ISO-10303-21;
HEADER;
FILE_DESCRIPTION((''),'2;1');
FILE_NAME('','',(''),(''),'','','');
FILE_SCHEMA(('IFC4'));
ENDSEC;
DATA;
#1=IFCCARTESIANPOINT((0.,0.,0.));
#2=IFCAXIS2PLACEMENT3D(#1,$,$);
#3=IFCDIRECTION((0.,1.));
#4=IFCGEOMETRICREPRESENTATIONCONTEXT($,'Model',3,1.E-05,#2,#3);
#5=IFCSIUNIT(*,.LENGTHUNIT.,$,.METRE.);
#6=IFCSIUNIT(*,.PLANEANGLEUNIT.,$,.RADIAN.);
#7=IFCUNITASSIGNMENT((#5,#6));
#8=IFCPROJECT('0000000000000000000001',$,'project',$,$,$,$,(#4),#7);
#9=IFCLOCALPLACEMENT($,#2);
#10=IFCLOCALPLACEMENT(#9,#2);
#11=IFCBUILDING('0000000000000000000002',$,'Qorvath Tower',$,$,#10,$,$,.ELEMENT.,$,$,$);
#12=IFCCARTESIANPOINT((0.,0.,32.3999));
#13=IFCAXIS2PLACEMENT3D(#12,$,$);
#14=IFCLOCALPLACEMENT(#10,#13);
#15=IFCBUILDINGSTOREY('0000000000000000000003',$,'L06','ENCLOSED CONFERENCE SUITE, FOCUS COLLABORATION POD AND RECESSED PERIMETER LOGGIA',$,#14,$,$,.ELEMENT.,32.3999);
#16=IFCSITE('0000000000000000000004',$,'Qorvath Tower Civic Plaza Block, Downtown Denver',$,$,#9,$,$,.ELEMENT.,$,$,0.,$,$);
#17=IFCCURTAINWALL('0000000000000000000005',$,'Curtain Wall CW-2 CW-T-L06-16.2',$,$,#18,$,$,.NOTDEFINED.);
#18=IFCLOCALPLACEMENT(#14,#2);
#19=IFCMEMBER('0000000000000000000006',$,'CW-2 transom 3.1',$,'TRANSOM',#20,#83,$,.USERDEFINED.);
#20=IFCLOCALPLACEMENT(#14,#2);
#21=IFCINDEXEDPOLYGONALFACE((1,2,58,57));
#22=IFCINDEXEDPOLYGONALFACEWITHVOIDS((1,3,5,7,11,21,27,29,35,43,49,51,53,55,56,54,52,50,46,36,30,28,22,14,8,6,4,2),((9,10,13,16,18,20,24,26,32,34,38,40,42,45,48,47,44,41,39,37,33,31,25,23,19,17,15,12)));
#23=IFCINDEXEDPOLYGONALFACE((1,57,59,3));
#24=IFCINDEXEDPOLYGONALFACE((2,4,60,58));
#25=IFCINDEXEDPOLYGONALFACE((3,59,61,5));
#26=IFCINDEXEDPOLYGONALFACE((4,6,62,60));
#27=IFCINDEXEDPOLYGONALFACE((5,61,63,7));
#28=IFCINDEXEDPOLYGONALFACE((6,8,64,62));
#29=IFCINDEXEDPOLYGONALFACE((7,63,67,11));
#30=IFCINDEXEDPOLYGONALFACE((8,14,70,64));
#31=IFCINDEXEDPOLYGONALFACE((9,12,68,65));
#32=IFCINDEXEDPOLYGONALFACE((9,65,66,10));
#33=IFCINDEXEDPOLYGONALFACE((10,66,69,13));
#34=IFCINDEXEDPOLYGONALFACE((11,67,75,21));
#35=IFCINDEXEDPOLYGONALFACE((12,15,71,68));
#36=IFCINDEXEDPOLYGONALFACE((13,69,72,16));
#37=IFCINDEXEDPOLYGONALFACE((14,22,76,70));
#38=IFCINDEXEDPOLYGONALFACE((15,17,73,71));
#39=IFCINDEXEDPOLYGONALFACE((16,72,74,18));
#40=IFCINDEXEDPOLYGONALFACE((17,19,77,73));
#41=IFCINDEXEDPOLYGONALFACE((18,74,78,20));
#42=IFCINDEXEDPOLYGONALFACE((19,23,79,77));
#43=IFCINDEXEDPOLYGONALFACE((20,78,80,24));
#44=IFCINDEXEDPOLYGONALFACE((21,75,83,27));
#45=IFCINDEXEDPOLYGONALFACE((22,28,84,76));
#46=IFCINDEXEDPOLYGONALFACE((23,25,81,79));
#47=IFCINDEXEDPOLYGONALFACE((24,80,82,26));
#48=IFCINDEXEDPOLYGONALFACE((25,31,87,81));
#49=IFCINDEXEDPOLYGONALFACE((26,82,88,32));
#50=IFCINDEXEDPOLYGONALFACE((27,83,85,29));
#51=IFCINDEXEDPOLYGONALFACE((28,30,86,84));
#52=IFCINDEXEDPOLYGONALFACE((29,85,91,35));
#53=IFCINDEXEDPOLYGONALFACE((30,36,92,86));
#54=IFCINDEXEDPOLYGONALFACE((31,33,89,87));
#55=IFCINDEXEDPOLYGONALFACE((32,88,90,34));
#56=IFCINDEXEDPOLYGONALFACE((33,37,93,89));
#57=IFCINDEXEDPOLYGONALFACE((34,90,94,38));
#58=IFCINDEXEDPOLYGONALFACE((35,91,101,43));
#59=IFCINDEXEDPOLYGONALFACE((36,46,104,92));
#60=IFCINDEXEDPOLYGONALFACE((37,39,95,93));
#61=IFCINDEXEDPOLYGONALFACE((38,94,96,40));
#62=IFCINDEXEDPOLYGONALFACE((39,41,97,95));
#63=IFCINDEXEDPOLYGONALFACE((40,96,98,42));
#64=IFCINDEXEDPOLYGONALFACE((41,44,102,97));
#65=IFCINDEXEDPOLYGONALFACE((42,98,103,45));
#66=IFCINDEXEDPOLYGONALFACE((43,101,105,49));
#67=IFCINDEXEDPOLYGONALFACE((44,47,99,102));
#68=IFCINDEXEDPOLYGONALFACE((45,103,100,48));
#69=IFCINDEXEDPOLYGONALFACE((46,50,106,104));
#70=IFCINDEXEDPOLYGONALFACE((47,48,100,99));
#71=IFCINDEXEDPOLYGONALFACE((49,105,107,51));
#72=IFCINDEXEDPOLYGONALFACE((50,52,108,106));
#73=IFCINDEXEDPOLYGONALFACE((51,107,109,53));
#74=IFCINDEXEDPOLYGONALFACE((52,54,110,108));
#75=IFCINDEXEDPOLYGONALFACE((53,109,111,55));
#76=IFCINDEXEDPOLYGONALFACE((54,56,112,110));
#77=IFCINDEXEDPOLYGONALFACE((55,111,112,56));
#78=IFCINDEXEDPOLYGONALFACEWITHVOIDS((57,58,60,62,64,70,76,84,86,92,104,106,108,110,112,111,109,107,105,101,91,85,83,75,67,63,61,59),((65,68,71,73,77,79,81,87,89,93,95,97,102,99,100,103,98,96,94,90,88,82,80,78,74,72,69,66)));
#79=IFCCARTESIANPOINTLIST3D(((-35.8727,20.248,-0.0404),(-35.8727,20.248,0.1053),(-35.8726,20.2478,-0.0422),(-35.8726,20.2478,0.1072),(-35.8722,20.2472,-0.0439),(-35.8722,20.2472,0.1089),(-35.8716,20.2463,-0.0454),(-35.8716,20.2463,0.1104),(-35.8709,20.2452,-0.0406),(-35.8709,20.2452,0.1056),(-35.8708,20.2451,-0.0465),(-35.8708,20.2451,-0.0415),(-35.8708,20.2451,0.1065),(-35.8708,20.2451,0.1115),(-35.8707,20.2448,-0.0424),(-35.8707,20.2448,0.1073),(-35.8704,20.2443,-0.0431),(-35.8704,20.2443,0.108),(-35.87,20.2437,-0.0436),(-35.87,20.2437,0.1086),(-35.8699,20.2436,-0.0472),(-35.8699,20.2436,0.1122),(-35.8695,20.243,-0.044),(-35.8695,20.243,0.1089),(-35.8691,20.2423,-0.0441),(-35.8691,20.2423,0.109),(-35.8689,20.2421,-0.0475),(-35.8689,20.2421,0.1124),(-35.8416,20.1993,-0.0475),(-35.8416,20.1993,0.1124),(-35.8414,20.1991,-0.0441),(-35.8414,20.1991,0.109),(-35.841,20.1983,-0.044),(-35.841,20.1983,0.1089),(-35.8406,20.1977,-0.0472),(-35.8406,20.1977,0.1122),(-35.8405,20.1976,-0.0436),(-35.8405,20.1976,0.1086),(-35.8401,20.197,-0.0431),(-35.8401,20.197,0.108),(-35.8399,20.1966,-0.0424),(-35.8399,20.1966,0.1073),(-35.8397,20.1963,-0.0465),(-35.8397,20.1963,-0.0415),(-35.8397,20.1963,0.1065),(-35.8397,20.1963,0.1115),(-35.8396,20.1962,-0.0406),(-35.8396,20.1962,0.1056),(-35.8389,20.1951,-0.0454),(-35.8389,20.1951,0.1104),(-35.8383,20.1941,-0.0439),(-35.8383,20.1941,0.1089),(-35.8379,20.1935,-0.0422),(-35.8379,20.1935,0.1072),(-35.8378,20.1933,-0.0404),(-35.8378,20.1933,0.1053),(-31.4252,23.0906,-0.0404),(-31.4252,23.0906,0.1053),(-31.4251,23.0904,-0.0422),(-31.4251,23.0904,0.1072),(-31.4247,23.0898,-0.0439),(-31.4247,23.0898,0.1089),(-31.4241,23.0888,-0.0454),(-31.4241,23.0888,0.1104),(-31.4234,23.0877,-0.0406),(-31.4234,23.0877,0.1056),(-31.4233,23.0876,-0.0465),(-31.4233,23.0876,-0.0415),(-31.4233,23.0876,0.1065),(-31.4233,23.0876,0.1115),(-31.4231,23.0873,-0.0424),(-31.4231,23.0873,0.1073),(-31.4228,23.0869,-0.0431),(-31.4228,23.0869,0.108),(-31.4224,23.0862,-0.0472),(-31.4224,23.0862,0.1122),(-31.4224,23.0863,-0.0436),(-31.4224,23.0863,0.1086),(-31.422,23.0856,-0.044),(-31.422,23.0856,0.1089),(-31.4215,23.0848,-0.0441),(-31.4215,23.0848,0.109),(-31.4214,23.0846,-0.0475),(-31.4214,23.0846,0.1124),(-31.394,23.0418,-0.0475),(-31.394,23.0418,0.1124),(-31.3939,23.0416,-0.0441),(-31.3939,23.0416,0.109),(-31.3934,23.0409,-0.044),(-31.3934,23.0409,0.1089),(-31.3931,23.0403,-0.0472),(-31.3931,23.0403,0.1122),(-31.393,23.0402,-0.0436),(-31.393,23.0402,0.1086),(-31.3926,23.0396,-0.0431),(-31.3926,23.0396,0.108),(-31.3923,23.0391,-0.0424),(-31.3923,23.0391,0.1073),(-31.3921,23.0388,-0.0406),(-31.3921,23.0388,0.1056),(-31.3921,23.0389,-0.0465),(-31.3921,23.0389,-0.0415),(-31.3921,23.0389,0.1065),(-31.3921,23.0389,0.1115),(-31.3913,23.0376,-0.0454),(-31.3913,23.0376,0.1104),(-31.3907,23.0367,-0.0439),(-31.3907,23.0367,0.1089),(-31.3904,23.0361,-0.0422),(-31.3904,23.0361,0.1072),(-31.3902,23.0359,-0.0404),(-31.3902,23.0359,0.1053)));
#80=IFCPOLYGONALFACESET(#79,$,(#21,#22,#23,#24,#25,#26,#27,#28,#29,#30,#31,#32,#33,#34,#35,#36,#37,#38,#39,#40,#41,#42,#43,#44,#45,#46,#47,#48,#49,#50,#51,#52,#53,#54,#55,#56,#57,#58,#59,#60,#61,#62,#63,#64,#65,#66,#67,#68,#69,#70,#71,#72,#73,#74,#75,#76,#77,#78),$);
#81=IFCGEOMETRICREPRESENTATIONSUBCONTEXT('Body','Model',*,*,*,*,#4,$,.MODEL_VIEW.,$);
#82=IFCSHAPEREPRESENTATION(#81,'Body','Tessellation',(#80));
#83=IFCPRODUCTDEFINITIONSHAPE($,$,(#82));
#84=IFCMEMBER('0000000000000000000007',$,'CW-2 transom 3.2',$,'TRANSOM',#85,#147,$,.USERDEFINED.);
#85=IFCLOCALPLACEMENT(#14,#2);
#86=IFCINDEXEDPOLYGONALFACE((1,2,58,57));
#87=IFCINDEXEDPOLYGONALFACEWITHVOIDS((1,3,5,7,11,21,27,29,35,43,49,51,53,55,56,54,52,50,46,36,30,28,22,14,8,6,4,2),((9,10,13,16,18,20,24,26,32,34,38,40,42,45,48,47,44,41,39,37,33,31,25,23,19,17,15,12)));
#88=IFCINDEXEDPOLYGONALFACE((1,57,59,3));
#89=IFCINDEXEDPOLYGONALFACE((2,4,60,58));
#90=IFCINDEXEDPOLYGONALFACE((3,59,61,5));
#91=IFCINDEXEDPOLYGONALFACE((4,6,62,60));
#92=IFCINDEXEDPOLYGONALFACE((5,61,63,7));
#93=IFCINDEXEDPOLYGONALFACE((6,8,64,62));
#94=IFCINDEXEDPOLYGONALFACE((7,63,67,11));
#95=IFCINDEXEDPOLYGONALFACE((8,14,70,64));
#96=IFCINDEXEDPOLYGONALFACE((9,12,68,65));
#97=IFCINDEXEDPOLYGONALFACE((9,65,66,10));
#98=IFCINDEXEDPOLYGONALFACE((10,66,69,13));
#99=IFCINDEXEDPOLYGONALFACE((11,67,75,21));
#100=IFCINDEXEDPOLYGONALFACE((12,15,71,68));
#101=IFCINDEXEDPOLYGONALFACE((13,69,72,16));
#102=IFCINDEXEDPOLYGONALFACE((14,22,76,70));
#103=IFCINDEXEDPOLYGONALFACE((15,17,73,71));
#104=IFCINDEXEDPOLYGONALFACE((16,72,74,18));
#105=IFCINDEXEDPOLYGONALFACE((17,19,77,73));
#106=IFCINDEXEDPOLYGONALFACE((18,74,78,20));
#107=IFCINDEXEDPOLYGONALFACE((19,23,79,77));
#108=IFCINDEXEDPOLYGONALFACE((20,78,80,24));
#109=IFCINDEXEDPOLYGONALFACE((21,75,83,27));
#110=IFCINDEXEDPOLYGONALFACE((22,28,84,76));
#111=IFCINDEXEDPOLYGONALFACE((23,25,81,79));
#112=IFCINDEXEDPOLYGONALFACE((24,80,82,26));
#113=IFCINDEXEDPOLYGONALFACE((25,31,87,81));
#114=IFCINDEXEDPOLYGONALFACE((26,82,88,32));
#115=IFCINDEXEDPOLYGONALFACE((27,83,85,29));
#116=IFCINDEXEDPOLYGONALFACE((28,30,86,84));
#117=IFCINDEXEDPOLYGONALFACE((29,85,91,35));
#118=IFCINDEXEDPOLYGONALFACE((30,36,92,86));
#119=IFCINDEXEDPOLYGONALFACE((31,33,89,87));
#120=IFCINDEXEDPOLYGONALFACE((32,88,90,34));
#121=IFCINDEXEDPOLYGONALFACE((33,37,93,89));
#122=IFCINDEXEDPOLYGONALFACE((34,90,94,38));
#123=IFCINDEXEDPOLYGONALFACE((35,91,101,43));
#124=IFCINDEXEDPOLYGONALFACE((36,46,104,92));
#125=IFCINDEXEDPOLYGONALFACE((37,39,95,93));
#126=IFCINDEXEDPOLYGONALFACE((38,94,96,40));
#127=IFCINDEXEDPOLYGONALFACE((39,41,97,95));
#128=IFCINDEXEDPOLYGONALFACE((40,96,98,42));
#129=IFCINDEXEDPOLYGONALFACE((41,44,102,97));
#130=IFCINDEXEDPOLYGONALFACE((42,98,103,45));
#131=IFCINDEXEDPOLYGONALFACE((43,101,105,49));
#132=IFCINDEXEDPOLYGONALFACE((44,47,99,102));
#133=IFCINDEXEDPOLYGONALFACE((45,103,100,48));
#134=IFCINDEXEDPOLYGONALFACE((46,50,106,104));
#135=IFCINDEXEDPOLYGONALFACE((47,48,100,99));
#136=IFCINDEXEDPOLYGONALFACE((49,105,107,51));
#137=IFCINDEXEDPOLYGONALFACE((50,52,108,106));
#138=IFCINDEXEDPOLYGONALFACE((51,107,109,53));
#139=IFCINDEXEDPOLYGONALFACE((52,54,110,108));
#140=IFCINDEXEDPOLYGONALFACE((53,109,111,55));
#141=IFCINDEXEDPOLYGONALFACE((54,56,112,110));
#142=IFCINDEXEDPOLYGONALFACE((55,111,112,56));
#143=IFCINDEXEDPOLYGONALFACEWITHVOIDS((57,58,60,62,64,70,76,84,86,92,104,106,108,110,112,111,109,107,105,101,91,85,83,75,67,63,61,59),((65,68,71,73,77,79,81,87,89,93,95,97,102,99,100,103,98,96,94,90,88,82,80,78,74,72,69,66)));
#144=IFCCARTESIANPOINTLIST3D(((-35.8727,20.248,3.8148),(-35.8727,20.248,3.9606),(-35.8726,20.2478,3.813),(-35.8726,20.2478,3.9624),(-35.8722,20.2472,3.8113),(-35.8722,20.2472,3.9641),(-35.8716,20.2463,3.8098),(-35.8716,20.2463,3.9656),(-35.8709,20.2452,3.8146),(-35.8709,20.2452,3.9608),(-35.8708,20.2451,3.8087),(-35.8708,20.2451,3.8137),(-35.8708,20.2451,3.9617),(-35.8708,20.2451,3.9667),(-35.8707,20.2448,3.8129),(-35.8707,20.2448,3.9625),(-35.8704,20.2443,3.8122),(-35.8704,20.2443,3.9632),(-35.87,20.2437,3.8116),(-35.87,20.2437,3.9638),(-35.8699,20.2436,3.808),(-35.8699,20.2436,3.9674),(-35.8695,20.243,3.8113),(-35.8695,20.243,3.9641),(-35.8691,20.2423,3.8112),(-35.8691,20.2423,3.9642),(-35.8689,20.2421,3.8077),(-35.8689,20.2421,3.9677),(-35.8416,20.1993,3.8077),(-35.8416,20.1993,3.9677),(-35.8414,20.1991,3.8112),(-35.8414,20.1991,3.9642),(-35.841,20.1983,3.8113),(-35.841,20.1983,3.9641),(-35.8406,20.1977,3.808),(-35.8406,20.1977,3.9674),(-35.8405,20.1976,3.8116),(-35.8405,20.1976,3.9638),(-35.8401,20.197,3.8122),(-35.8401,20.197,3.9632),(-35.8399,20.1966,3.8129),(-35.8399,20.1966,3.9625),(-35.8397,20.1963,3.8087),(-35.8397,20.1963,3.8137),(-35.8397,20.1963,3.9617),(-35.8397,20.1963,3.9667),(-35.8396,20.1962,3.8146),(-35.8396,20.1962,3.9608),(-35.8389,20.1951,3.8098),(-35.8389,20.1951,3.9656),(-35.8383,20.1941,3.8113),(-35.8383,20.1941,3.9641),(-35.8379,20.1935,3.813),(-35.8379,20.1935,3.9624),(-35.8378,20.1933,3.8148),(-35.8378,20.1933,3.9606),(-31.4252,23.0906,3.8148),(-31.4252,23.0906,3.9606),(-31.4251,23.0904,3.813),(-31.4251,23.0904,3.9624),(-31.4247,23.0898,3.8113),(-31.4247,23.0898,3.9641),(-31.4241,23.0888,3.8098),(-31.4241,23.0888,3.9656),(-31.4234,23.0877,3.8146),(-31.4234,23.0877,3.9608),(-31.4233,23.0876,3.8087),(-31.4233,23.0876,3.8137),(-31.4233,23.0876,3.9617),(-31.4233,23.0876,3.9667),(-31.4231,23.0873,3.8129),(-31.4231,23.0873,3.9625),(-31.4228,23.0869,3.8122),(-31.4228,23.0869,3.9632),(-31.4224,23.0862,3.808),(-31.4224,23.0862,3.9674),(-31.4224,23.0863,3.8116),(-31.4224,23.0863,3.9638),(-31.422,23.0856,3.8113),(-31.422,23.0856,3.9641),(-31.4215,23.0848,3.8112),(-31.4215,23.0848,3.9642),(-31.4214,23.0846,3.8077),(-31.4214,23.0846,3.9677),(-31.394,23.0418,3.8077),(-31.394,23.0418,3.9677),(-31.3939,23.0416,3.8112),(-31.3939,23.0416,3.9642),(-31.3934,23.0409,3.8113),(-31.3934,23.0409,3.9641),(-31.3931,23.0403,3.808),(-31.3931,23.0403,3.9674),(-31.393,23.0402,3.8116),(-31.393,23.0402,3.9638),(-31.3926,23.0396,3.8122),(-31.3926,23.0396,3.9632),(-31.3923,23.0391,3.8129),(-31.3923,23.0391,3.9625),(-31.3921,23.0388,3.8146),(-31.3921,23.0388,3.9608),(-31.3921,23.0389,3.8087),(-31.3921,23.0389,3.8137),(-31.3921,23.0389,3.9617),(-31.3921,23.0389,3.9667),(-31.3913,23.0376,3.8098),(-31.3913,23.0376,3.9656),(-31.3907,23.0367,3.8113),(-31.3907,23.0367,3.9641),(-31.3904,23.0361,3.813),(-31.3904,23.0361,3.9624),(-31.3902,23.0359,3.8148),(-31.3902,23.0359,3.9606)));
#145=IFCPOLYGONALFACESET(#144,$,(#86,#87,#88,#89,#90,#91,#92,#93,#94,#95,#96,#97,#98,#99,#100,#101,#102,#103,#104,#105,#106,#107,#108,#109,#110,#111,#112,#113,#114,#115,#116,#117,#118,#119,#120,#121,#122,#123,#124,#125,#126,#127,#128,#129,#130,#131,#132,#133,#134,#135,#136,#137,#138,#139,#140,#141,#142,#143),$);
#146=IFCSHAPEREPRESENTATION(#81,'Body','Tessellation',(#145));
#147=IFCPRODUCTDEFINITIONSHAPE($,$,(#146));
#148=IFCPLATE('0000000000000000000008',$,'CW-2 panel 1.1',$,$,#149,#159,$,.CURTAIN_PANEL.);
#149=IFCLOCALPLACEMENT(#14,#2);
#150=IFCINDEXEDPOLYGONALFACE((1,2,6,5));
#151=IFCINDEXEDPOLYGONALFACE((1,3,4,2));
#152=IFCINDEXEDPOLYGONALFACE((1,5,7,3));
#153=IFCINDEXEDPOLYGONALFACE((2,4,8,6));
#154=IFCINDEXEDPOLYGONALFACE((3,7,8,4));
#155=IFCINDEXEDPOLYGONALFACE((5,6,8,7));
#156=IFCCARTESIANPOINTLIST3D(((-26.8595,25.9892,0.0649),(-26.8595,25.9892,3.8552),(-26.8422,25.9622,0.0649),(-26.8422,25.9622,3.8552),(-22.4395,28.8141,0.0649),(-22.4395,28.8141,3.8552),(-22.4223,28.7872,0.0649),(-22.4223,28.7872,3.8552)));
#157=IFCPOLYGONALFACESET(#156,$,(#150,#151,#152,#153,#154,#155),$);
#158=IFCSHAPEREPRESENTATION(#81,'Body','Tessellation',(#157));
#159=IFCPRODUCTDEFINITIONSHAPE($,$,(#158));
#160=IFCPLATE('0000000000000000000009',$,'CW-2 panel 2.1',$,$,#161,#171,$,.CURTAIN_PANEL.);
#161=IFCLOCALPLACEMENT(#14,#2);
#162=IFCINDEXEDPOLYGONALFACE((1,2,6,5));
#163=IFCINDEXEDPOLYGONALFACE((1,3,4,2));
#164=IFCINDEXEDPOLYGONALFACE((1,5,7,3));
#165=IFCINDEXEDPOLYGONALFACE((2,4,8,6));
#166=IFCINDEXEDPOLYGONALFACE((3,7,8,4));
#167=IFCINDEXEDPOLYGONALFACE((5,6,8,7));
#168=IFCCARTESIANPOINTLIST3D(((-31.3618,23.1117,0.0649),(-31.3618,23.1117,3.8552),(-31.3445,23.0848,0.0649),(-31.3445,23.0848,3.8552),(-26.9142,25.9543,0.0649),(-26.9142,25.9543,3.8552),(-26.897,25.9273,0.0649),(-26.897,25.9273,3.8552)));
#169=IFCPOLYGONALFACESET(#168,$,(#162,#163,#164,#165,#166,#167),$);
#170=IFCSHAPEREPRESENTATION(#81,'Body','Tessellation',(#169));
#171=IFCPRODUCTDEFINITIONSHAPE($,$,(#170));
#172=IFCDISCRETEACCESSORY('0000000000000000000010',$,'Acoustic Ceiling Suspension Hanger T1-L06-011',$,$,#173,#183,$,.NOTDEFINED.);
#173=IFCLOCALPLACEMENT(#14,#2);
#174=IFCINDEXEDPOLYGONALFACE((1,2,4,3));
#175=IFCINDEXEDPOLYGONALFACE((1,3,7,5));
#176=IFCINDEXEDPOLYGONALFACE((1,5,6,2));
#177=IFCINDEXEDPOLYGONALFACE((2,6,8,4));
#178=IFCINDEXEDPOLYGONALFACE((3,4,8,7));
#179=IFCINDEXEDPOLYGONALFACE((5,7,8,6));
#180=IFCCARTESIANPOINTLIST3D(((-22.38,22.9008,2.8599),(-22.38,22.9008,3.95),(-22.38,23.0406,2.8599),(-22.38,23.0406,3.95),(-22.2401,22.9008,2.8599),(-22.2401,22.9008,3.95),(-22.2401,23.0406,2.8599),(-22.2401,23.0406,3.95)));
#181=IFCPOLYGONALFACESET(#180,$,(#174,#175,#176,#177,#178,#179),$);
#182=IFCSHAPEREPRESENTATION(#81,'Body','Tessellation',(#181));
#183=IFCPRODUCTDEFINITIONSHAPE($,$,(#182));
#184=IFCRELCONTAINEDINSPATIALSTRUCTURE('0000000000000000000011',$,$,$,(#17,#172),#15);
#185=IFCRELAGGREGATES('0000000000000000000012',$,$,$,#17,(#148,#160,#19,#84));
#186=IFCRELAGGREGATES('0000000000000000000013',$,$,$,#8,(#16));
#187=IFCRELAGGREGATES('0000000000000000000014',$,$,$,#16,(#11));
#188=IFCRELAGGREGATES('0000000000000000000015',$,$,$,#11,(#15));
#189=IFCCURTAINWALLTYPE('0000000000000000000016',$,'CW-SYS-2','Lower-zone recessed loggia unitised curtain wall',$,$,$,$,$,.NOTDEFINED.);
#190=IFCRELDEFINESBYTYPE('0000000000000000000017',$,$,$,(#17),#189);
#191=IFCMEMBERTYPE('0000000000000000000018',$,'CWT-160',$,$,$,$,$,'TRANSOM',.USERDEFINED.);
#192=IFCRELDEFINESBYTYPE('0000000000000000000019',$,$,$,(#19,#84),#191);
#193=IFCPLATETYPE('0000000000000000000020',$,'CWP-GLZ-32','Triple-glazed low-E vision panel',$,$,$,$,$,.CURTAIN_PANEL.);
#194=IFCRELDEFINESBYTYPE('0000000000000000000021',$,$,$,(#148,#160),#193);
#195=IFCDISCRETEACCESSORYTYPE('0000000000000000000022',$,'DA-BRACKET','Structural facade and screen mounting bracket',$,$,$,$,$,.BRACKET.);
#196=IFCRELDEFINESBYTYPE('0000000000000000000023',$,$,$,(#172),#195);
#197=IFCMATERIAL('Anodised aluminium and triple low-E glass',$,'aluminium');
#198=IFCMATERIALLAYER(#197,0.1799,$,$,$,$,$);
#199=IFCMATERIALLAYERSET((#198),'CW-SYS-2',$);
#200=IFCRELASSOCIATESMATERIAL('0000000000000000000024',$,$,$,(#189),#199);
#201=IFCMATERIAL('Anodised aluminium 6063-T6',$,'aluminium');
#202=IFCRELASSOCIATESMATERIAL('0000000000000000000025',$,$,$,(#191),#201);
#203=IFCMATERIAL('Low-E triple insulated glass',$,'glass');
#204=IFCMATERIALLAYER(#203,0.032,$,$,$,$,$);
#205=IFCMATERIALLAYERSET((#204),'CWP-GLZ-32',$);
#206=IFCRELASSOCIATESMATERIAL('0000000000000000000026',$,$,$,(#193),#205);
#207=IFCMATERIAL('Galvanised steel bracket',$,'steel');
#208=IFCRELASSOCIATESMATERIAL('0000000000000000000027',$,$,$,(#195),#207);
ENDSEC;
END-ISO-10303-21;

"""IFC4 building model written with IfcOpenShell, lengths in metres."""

from ifc_helpers import new_model, si_unit, direction, frame, origin, origin_2d, place, context, subcontext, project, spatial, rectangle, hollow_rectangle, extrude, material, layer, layer_set, material_profile, profile_set, type_object, element, aggregate, save


model = new_model("IFC4")

# Units and contexts
model_context = context("Model", 3, precision=1e-05, world=origin(), true_north=direction((0.0, 1.0)))
body_context = subcontext(model_context, "Body", "Model", "MODEL_VIEW")
ifc_project = project(units=[si_unit("LENGTHUNIT", "METRE"), si_unit("PLANEANGLEUNIT", "RADIAN")], contexts=[model_context])

# Site, building, storey
site_placement = place(None, origin())
site = spatial("IfcSite", under=ifc_project, at=site_placement, Name="Qorvath Tower Civic Plaza Block, Downtown Denver", CompositionType="ELEMENT", RefElevation=0.0)
building_placement = place(site_placement, origin())
building = spatial("IfcBuilding", under=site, at=building_placement, Name="Qorvath Tower", CompositionType="ELEMENT")
storey_placement = place(building_placement, frame((0.0, 0.0, 32.3999)))
storey = spatial("IfcBuildingStorey", under=building, at=storey_placement, Name="L06", Description="ENCLOSED CONFERENCE SUITE, FOCUS COLLABORATION POD AND RECESSED PERIMETER LOGGIA", CompositionType="ELEMENT", Elevation=32.3999)

# Shared definitions
ifc_material_1 = material(Name="Anodised aluminium and triple low-E glass", Category="aluminium")
ifc_layer_1 = layer(ifc_material_1, 0.1799)
ifc_layer_set_1 = layer_set([ifc_layer_1], Name="CW-SYS-2")
curtain_wall_type = type_object("IfcCurtainWallType", Name="CW-SYS-2", Description="Lower-zone recessed loggia unitised curtain wall", PredefinedType="NOTDEFINED", material=ifc_layer_set_1)

# Curtain wall, members, plates
curtain_wall_1_placement = place(storey_placement, origin())
curtain_wall_1 = element("IfcCurtainWall", 1, at=curtain_wall_1_placement, inside=storey, type_object=curtain_wall_type, Name="Curtain Wall CW-2 CW-T-L06-16.2", PredefinedType="NOTDEFINED")
ifc_material_2 = material(Name="Anodised aluminium 6063-T6", Category="aluminium")
ifc_material_profile_1 = material_profile(ifc_material_2, hollow_rectangle(XDim=0.0649, YDim=0.1599, WallThickness=0.0034, InnerFilletRadius=0.0034, OuterFilletRadius=0.0071, at=origin_2d()), Name="CWT 160x65")
ifc_profile_set_1 = profile_set([ifc_material_profile_1], Name="Anodised aluminium 6063-T6")
member_type_1 = type_object("IfcMemberType", Name="CWT-160", ElementType="TRANSOM", PredefinedType="USERDEFINED", material=ifc_profile_set_1)
member_1_placement = place(storey_placement, frame((-31.4077, 23.0632, 0.0325), z_axis=(-0.842605, -0.538533, 0.0), x_axis=(0.538533, -0.842605, 0.0)))
member_1 = element("IfcMember", 2, at=member_1_placement, type_object=member_type_1, Name="CW-2 transom 3.1", ObjectType="TRANSOM", PredefinedType="USERDEFINED", context=body_context, shape_type="SweptSolid", body=[
    extrude(hollow_rectangle(XDim=0.0649, YDim=0.1599, WallThickness=0.0034, InnerFilletRadius=0.0034, OuterFilletRadius=0.0071, at=origin_2d()), origin(), (0.0, 0.0, 1.0), 5.2783),
])
member_2_placement = place(storey_placement, frame((-31.4077, 23.0632, 3.8877), z_axis=(-0.842605, -0.538533, 0.0), x_axis=(0.538533, -0.842605, 0.0)))
member_2 = element("IfcMember", 3, at=member_2_placement, type_object=member_type_1, Name="CW-2 transom 3.2", ObjectType="TRANSOM", PredefinedType="USERDEFINED", context=body_context, shape_type="SweptSolid", body=[
    extrude(hollow_rectangle(XDim=0.0649, YDim=0.1599, WallThickness=0.0034, InnerFilletRadius=0.0034, OuterFilletRadius=0.0071, at=origin_2d()), origin(), (0.0, 0.0, 1.0), 5.2783),
])
ifc_material_3 = material(Name="Low-E triple insulated glass", Category="glass")
ifc_layer_2 = layer(ifc_material_3, 0.032)
ifc_layer_set_2 = layer_set([ifc_layer_2], Name="CWP-GLZ-32")
plate_type = type_object("IfcPlateType", Name="CWP-GLZ-32", Description="Triple-glazed low-E vision panel", PredefinedType="CURTAIN_PANEL", material=ifc_layer_set_2)
plate_1_placement = place(storey_placement, frame((-24.6409, 27.3882, 0.0649), z_axis=(0.0, 0.0, 1.0), x_axis=(-0.842603, -0.538535, 0.0)))
plate_1 = element("IfcPlate", 4, at=plate_1_placement, type_object=plate_type, Name="CW-2 panel 1.1", PredefinedType="CURTAIN_PANEL", context=body_context, shape_type="SweptSolid", body=[
    extrude(rectangle(XDim=5.2456, YDim=0.032, at=origin_2d()), origin(), (0.0, 0.0, 1.0), 3.7903),
])
plate_2_placement = place(storey_placement, frame((-29.1294, 24.5195, 0.0649), z_axis=(0.0, 0.0, 1.0), x_axis=(-0.842603, -0.538535, 0.0)))
plate_2 = element("IfcPlate", 5, at=plate_2_placement, type_object=plate_type, Name="CW-2 panel 2.1", PredefinedType="CURTAIN_PANEL", context=body_context, shape_type="SweptSolid", body=[
    extrude(rectangle(XDim=5.2783, YDim=0.032, at=origin_2d()), origin(), (0.0, 0.0, 1.0), 3.7903),
])
aggregate(curtain_wall_1, [plate_1, plate_2, member_1, member_2])

# Discrete accessory
ifc_material_4 = material(Name="Galvanised steel bracket", Category="steel")
discrete_accessory_type = type_object("IfcDiscreteAccessoryType", Name="DA-BRACKET", Description="Structural facade and screen mounting bracket", PredefinedType="BRACKET", material=ifc_material_4)
discrete_accessory_placement = place(storey_placement, frame((-22.3101, 22.9707, 2.8599), z_axis=(0.0, 0.0, 1.0), x_axis=(1.0, 0.0, 0.0)))
element("IfcDiscreteAccessory", 6, at=discrete_accessory_placement, inside=storey, type_object=discrete_accessory_type, Name="Acoustic Ceiling Suspension Hanger T1-L06-011", PredefinedType="NOTDEFINED", context=body_context, shape_type="SweptSolid", body=[
    extrude(rectangle(XDim=0.1399, YDim=0.1399, at=origin_2d()), origin(), (0.0, 0.0, 1.0), 1.0901),
])

save(model, "model.ifc")
